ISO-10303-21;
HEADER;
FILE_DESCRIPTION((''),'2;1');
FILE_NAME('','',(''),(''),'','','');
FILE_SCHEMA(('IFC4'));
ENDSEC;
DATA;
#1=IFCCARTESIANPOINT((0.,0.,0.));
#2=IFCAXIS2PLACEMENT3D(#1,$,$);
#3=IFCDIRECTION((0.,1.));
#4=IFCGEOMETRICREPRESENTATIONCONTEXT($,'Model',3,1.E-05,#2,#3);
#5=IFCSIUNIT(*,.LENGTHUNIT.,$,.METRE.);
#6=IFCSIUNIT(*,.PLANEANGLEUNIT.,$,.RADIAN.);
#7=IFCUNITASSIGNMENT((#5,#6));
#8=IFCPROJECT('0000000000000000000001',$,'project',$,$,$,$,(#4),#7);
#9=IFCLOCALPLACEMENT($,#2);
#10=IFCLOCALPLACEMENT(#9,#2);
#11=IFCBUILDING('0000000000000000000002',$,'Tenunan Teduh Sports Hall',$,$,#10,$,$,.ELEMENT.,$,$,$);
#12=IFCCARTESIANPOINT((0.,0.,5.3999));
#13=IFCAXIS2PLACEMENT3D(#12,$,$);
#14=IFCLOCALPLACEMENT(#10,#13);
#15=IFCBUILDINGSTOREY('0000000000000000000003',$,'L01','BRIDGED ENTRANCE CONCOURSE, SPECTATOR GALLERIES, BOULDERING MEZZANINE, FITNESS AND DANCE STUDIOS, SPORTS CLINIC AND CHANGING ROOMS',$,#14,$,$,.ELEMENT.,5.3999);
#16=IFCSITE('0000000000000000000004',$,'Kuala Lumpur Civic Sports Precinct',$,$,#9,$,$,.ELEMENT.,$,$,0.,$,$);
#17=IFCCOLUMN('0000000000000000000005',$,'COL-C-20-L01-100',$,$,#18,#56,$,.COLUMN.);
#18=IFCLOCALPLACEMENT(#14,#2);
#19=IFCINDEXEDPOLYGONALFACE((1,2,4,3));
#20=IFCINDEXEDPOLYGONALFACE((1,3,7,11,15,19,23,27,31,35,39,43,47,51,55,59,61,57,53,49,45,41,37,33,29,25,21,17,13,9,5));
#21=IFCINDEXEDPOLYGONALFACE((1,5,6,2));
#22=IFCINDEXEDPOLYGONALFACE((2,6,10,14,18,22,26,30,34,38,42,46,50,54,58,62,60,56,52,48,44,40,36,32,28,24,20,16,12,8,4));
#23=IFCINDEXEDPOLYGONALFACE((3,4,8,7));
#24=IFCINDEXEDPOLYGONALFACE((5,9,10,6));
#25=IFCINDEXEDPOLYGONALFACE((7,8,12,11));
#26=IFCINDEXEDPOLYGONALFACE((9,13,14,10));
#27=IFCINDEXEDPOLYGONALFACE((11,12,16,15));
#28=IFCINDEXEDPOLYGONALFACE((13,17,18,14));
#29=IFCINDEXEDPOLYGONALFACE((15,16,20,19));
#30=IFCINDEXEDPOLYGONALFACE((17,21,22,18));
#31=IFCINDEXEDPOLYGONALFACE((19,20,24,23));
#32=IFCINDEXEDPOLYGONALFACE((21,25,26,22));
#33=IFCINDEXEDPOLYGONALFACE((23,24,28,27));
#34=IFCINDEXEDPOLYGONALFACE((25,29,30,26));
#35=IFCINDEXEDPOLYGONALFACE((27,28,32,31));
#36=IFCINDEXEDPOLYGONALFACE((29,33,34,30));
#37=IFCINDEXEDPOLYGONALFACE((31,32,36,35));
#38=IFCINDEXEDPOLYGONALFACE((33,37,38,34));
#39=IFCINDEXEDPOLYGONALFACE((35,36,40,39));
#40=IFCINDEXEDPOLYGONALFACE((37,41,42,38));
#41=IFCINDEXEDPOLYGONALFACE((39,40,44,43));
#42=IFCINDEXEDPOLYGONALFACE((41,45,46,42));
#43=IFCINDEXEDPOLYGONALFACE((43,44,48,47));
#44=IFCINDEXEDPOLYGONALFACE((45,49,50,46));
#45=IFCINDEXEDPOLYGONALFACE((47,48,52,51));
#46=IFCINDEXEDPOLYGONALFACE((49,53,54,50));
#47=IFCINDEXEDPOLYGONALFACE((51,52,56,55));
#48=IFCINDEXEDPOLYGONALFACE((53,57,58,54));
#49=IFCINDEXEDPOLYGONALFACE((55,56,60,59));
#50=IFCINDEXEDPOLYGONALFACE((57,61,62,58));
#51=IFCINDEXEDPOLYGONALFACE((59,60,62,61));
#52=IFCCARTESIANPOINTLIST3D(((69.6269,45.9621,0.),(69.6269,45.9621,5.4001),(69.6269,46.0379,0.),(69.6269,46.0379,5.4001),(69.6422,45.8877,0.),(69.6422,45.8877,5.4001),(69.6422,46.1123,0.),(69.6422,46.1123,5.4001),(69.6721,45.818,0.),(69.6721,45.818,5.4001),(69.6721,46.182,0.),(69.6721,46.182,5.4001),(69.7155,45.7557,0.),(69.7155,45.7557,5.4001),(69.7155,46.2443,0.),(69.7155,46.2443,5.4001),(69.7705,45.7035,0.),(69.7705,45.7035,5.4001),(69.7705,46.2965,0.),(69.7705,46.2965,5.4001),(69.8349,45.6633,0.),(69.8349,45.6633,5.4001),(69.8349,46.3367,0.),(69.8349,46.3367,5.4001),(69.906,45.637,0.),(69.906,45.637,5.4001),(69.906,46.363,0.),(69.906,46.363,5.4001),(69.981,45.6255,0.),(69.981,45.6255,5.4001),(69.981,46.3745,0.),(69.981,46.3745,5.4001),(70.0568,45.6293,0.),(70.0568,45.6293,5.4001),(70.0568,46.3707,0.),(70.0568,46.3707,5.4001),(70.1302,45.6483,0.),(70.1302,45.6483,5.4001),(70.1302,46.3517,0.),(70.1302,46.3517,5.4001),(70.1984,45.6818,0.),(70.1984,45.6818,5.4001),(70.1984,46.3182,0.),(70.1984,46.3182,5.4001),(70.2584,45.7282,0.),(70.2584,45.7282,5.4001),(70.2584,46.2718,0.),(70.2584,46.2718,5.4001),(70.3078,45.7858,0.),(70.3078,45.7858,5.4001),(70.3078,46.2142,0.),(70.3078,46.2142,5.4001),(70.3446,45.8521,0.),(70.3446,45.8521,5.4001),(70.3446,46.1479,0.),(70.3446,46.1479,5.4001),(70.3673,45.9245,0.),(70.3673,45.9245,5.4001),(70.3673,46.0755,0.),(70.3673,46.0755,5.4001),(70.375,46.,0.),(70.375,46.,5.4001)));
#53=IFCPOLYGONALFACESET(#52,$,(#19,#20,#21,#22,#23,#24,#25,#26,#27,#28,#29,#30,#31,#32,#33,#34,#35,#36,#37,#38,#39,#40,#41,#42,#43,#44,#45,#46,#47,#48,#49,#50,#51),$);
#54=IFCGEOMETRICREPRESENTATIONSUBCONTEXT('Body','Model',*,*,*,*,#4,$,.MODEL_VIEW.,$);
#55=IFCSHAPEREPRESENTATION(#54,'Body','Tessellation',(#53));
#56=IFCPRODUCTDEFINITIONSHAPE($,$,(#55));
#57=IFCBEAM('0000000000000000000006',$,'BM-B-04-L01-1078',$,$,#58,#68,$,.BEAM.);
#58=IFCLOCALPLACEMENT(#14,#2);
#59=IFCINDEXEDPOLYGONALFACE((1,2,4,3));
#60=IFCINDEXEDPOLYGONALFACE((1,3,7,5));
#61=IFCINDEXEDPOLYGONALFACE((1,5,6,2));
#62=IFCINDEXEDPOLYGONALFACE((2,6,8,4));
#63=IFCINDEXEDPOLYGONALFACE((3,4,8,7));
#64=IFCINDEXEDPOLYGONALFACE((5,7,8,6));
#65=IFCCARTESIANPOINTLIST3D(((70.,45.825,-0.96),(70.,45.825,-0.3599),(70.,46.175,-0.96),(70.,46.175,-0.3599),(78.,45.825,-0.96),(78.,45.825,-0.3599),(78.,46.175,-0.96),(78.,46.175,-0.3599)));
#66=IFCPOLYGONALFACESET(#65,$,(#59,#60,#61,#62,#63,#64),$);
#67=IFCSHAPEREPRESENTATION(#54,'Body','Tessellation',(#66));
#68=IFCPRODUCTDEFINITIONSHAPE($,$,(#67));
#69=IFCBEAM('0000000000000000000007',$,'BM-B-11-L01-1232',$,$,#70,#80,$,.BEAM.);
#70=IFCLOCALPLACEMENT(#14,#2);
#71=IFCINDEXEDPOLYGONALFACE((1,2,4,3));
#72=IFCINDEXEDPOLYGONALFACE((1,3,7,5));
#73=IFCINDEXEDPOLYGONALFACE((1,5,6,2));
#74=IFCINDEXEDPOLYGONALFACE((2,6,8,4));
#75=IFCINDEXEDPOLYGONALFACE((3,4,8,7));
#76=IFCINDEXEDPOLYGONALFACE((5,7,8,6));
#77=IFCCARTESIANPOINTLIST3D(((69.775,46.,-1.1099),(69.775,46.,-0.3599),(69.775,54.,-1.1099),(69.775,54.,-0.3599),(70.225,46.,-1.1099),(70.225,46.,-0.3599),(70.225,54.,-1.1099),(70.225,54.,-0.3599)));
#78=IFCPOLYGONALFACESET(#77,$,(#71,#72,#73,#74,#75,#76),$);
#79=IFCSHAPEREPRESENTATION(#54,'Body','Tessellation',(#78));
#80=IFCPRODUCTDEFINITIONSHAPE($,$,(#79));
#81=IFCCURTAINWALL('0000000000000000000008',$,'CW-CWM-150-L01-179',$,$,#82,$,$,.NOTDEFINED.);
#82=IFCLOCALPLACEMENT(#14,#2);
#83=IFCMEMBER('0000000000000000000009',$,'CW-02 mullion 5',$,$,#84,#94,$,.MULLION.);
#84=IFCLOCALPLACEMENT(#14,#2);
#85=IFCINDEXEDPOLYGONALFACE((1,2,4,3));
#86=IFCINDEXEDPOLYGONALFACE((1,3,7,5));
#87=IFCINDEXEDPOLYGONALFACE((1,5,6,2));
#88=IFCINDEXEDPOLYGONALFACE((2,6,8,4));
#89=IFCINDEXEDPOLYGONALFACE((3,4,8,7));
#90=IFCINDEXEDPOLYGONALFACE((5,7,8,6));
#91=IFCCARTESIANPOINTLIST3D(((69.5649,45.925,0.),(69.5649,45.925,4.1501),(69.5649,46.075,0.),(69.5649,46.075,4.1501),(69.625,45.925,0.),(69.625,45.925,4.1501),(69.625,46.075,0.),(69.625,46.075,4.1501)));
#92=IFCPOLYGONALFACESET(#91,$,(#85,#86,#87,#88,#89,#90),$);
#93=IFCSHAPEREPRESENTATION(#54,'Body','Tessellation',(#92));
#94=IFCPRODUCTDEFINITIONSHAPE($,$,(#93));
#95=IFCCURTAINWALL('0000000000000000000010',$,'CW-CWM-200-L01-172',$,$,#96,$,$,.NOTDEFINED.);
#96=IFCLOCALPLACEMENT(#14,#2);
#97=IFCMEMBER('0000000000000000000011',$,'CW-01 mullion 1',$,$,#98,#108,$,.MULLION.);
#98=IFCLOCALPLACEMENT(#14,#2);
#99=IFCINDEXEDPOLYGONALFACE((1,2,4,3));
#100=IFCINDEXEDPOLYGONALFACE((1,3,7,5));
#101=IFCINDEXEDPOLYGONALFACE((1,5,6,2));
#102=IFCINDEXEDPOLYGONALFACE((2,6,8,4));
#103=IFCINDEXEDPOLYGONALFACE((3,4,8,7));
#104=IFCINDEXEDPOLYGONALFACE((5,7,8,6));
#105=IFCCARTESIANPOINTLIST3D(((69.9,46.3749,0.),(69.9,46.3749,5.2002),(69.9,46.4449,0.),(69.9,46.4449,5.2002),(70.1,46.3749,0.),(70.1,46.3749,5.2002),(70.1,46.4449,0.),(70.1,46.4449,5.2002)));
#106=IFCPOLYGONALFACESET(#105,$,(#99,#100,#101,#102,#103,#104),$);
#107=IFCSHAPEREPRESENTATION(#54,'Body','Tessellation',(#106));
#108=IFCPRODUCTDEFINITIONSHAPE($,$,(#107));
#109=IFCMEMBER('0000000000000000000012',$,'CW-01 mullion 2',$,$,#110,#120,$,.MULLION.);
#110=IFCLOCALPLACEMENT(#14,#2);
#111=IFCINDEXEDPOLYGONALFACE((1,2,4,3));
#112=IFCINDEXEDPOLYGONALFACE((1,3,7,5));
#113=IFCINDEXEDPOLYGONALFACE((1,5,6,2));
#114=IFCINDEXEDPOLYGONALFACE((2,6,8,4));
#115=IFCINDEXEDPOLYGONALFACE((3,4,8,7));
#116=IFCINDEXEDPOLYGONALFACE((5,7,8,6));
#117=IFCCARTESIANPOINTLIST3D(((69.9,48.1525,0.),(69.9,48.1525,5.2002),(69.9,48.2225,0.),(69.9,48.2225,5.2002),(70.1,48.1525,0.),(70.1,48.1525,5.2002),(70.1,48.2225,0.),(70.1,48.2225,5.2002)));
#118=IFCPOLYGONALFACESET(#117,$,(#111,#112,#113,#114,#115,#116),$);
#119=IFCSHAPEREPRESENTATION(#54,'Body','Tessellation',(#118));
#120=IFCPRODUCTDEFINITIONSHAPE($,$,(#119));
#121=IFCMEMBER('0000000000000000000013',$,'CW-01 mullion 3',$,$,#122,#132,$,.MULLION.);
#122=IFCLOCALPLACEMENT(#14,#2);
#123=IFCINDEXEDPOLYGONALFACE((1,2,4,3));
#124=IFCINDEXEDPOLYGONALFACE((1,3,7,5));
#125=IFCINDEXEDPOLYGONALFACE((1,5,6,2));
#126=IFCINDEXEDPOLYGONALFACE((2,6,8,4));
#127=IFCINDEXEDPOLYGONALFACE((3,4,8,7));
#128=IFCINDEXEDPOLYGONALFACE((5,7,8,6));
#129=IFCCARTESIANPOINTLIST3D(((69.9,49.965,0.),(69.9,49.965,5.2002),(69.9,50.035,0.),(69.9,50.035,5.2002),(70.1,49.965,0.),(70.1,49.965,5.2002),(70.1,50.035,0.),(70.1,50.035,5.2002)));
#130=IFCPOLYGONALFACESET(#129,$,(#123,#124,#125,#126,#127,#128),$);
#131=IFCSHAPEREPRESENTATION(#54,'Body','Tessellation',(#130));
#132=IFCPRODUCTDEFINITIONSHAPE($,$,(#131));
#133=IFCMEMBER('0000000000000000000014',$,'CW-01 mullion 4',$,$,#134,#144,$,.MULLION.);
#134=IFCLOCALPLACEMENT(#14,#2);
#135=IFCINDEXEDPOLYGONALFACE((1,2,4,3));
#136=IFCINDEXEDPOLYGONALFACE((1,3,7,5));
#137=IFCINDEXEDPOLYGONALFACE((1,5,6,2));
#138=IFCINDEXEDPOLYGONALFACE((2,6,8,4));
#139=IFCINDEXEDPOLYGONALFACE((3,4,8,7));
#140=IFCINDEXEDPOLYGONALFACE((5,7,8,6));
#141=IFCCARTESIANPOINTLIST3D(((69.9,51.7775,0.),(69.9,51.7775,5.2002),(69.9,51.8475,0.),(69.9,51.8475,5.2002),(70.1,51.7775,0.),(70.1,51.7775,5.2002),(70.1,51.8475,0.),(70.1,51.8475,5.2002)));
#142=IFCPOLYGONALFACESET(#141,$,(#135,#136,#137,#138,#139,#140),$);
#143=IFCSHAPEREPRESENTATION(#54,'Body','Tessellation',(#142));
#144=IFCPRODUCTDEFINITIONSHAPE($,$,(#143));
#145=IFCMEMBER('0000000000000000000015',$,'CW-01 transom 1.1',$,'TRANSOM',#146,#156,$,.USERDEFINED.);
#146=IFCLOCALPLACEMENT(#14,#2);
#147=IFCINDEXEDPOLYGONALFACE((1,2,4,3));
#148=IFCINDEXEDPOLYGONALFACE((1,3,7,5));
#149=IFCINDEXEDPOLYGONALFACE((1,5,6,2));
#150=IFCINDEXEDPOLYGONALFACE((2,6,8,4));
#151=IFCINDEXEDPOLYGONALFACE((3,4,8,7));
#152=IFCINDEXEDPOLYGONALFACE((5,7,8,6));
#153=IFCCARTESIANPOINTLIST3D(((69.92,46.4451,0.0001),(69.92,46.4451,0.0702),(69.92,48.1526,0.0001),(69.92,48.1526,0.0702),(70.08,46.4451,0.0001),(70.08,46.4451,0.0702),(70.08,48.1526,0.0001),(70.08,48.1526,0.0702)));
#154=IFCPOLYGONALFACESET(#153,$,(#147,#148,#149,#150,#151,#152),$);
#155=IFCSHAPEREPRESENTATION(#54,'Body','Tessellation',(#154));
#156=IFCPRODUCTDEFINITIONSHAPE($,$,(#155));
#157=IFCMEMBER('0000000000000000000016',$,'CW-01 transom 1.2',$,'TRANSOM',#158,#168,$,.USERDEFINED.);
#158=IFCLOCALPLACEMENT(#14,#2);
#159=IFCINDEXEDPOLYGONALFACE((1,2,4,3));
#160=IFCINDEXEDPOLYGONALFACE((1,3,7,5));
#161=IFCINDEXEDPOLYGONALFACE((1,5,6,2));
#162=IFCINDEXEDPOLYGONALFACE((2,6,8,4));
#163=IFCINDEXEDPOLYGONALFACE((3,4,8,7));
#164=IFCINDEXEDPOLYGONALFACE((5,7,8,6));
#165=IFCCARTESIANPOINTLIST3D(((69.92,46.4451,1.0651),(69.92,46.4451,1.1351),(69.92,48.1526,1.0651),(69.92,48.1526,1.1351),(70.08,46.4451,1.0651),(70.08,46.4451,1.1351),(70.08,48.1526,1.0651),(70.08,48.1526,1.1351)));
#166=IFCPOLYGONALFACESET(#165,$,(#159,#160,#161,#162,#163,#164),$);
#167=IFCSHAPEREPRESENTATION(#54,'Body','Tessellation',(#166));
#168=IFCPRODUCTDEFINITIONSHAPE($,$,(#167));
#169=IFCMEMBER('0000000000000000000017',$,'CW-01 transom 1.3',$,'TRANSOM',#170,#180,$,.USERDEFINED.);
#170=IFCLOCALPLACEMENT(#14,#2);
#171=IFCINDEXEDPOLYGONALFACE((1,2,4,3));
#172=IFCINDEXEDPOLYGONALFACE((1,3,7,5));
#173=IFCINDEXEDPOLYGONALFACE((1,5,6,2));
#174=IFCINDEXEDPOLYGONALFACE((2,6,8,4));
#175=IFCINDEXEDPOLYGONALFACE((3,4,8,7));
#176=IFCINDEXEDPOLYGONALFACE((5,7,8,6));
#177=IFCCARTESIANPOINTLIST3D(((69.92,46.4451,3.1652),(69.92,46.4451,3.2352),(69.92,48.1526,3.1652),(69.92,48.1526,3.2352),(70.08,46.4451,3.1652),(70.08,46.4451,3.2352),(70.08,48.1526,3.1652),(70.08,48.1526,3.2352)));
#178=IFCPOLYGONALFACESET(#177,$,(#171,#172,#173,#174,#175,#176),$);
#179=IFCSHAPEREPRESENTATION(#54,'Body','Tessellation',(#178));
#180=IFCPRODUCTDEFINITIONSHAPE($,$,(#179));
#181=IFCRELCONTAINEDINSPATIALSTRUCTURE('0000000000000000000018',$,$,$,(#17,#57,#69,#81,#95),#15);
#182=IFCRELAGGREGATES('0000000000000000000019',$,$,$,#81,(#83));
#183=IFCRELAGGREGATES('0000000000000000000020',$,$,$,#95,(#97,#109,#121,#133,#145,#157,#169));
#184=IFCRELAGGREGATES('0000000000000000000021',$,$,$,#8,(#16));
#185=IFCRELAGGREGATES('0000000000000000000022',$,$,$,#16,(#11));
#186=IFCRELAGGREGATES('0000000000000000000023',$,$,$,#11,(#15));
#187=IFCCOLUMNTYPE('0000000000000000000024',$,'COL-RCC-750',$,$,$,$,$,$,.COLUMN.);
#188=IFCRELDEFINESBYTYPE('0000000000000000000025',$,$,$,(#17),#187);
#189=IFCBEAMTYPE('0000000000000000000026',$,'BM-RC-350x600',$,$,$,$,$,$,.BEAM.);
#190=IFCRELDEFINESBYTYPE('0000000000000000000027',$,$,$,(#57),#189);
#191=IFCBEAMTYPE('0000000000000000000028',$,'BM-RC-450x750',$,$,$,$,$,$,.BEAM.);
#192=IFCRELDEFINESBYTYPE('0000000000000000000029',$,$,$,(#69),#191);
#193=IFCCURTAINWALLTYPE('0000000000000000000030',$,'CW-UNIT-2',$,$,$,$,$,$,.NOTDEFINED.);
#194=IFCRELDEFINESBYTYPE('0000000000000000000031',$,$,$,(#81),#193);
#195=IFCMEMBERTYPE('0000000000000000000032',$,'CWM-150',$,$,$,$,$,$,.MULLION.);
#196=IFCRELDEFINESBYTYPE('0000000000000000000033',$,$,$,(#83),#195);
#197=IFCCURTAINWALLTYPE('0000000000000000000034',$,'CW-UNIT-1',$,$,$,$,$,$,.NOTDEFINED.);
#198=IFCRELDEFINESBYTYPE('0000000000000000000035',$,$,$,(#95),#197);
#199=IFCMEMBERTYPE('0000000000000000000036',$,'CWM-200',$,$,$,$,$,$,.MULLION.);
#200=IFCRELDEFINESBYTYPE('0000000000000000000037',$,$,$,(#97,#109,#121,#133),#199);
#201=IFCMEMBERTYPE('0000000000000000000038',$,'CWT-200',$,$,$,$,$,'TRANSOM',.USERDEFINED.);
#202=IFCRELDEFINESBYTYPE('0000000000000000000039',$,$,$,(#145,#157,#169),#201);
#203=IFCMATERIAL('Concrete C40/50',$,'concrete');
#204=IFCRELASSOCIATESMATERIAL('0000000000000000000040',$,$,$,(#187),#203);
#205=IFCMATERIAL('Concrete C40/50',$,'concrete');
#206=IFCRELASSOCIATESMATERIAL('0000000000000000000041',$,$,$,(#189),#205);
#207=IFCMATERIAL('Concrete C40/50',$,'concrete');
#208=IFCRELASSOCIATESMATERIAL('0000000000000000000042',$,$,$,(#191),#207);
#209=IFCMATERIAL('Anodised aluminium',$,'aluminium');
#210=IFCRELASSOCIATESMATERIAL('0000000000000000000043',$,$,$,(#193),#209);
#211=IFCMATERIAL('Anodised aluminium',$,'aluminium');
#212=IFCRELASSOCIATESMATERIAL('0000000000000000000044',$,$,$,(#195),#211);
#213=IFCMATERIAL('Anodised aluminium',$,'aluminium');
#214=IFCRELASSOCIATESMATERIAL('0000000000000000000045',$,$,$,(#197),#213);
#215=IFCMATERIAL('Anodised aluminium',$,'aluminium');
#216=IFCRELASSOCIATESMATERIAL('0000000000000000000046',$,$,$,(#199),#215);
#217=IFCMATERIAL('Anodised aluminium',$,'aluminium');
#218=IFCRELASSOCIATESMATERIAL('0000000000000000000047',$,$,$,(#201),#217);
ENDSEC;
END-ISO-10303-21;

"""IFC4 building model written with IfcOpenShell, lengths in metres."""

from ifc_helpers import new_model, si_unit, direction, frame, origin, origin_2d, place, context, subcontext, project, spatial, rectangle, circle, extrude, material, material_profile, profile_set, type_object, element, aggregate, save


model = new_model("IFC4")

# Units and contexts
model_context = context("Model", 3, precision=1e-05, world=origin(), true_north=direction((0.0, 1.0)))
body_context = subcontext(model_context, "Body", "Model", "MODEL_VIEW")
ifc_project = project(units=[si_unit("LENGTHUNIT", "METRE"), si_unit("PLANEANGLEUNIT", "RADIAN")], contexts=[model_context])

# Site, building, storey
site_placement = place(None, origin())
site = spatial("IfcSite", under=ifc_project, at=site_placement, Name="Kuala Lumpur Civic Sports Precinct", CompositionType="ELEMENT", RefElevation=0.0)
building_placement = place(site_placement, origin())
building = spatial("IfcBuilding", under=site, at=building_placement, Name="Tenunan Teduh Sports Hall", CompositionType="ELEMENT")
storey_placement = place(building_placement, frame((0.0, 0.0, 5.3999)))
storey = spatial("IfcBuildingStorey", under=building, at=storey_placement, Name="L01", Description="BRIDGED ENTRANCE CONCOURSE, SPECTATOR GALLERIES, BOULDERING MEZZANINE, FITNESS AND DANCE STUDIOS, SPORTS CLINIC AND CHANGING ROOMS", CompositionType="ELEMENT", Elevation=5.3999)

# Column
ifc_material_1 = material(Name="Concrete C40/50", Category="concrete")
ifc_material_profile_1 = material_profile(ifc_material_1, circle(Radius=0.375, at=origin_2d()), Name="RCC D750")
ifc_profile_set_1 = profile_set([ifc_material_profile_1], Name="Concrete C40/50")
column_type = type_object("IfcColumnType", Name="COL-RCC-750", PredefinedType="COLUMN", material=ifc_profile_set_1)
column_placement = place(storey_placement, frame((70.0, 46.0, 0.0), z_axis=(0.0, 0.0, 1.0), x_axis=(1.0, 0.0, 0.0)))
element("IfcColumn", 1, at=column_placement, inside=storey, type_object=column_type, Name="COL-C-20-L01-100", PredefinedType="COLUMN", context=body_context, shape_type="SweptSolid", body=[
    extrude(circle(Radius=0.375, at=origin_2d()), origin(), (0.0, 0.0, 1.0), 5.4001),
])

# Beams
ifc_material_2 = material(Name="Concrete C40/50", Category="concrete")
ifc_material_profile_2 = material_profile(ifc_material_2, rectangle(XDim=0.3501, YDim=0.6001, at=origin_2d()), Name="RCB 350x600")
ifc_profile_set_2 = profile_set([ifc_material_profile_2], Name="Concrete C40/50")
beam_type_1 = type_object("IfcBeamType", Name="BM-RC-350x600", PredefinedType="BEAM", material=ifc_profile_set_2)
beam_1_placement = place(storey_placement, frame((70.0, 46.0, -0.6599), z_axis=(1.0, 0.0, 0.0), x_axis=(0.0, 1.0, 0.0)))
element("IfcBeam", 2, at=beam_1_placement, inside=storey, type_object=beam_type_1, Name="BM-B-04-L01-1078", PredefinedType="BEAM", context=body_context, shape_type="SweptSolid", body=[
    extrude(rectangle(XDim=0.3501, YDim=0.6001, at=origin_2d()), origin(), (0.0, 0.0, 1.0), 8.0),
])
ifc_material_3 = material(Name="Concrete C40/50", Category="concrete")
ifc_material_profile_3 = material_profile(ifc_material_3, rectangle(XDim=0.45, YDim=0.75, at=origin_2d()), Name="RCB 450x750")
ifc_profile_set_3 = profile_set([ifc_material_profile_3], Name="Concrete C40/50")
beam_type_2 = type_object("IfcBeamType", Name="BM-RC-450x750", PredefinedType="BEAM", material=ifc_profile_set_3)
beam_2_placement = place(storey_placement, frame((70.0, 46.0, -0.7349), z_axis=(0.0, 1.0, 0.0), x_axis=(-1.0, 0.0, 0.0)))
element("IfcBeam", 3, at=beam_2_placement, inside=storey, type_object=beam_type_2, Name="BM-B-11-L01-1232", PredefinedType="BEAM", context=body_context, shape_type="SweptSolid", body=[
    extrude(rectangle(XDim=0.45, YDim=0.75, at=origin_2d()), origin(), (0.0, 0.0, 1.0), 8.0),
])

# Curtain wall, member
ifc_material_4 = material(Name="Anodised aluminium", Category="aluminium")
curtain_wall_type_1 = type_object("IfcCurtainWallType", Name="CW-UNIT-2", PredefinedType="NOTDEFINED", material=ifc_material_4)
curtain_wall_1_placement = place(storey_placement, origin())
curtain_wall_1 = element("IfcCurtainWall", 4, at=curtain_wall_1_placement, inside=storey, type_object=curtain_wall_type_1, Name="CW-CWM-150-L01-179", PredefinedType="NOTDEFINED")
ifc_material_5 = material(Name="Anodised aluminium", Category="aluminium")
ifc_material_profile_4 = material_profile(ifc_material_5, rectangle(XDim=0.0601, YDim=0.1499, at=origin_2d()), Name="CWM 60x150")
ifc_profile_set_4 = profile_set([ifc_material_profile_4], Name="Anodised aluminium")
member_type_1 = type_object("IfcMemberType", Name="CWM-150", PredefinedType="MULLION", material=ifc_profile_set_4)
member_1_placement = place(storey_placement, frame((69.595, 46.0, 0.0), z_axis=(0.0, 0.0, 1.0), x_axis=(1.0, 0.0, 0.0)))
member_1 = element("IfcMember", 5, at=member_1_placement, type_object=member_type_1, Name="CW-02 mullion 5", PredefinedType="MULLION", context=body_context, shape_type="SweptSolid", body=[
    extrude(rectangle(XDim=0.0601, YDim=0.1499, at=origin_2d()), origin(), (0.0, 0.0, 1.0), 4.1501),
])
aggregate(curtain_wall_1, [member_1])

# Curtain wall, members
ifc_material_6 = material(Name="Anodised aluminium", Category="aluminium")
curtain_wall_type_2 = type_object("IfcCurtainWallType", Name="CW-UNIT-1", PredefinedType="NOTDEFINED", material=ifc_material_6)
curtain_wall_2_placement = place(storey_placement, origin())
curtain_wall_2 = element("IfcCurtainWall", 6, at=curtain_wall_2_placement, inside=storey, type_object=curtain_wall_type_2, Name="CW-CWM-200-L01-172", PredefinedType="NOTDEFINED")
ifc_material_7 = material(Name="Anodised aluminium", Category="aluminium")
ifc_material_profile_5 = material_profile(ifc_material_7, rectangle(XDim=0.0701, YDim=0.2, at=origin_2d()), Name="CWM 70x200")
ifc_profile_set_5 = profile_set([ifc_material_profile_5], Name="Anodised aluminium")
member_type_2 = type_object("IfcMemberType", Name="CWM-200", PredefinedType="MULLION", material=ifc_profile_set_5)
member_2_placement = place(storey_placement, frame((70.0, 46.4099, 0.0), z_axis=(0.0, 0.0, 1.0), x_axis=(0.0, 1.0, 0.0)))
member_2 = element("IfcMember", 7, at=member_2_placement, type_object=member_type_2, Name="CW-01 mullion 1", PredefinedType="MULLION", context=body_context, shape_type="SweptSolid", body=[
    extrude(rectangle(XDim=0.0701, YDim=0.2, at=origin_2d()), origin(), (0.0, 0.0, 1.0), 5.2002),
])
member_3_placement = place(storey_placement, frame((70.0, 48.1875, 0.0), z_axis=(0.0, 0.0, 1.0), x_axis=(0.0, 1.0, 0.0)))
member_3 = element("IfcMember", 8, at=member_3_placement, type_object=member_type_2, Name="CW-01 mullion 2", PredefinedType="MULLION", context=body_context, shape_type="SweptSolid", body=[
    extrude(rectangle(XDim=0.0701, YDim=0.2, at=origin_2d()), origin(), (0.0, 0.0, 1.0), 5.2002),
])
member_4_placement = place(storey_placement, frame((70.0, 50.0, 0.0), z_axis=(0.0, 0.0, 1.0), x_axis=(0.0, 1.0, 0.0)))
member_4 = element("IfcMember", 9, at=member_4_placement, type_object=member_type_2, Name="CW-01 mullion 3", PredefinedType="MULLION", context=body_context, shape_type="SweptSolid", body=[
    extrude(rectangle(XDim=0.0701, YDim=0.2, at=origin_2d()), origin(), (0.0, 0.0, 1.0), 5.2002),
])
member_5_placement = place(storey_placement, frame((70.0, 51.8125, 0.0), z_axis=(0.0, 0.0, 1.0), x_axis=(0.0, 1.0, 0.0)))
member_5 = element("IfcMember", 10, at=member_5_placement, type_object=member_type_2, Name="CW-01 mullion 4", PredefinedType="MULLION", context=body_context, shape_type="SweptSolid", body=[
    extrude(rectangle(XDim=0.0701, YDim=0.2, at=origin_2d()), origin(), (0.0, 0.0, 1.0), 5.2002),
])
ifc_material_8 = material(Name="Anodised aluminium", Category="aluminium")
ifc_material_profile_6 = material_profile(ifc_material_8, rectangle(XDim=0.0701, YDim=0.1599, at=origin_2d()), Name="CWT 70x160")
ifc_profile_set_6 = profile_set([ifc_material_profile_6], Name="Anodised aluminium")
member_type_3 = type_object("IfcMemberType", Name="CWT-200", ElementType="TRANSOM", PredefinedType="USERDEFINED", material=ifc_profile_set_6)
member_6_placement = place(storey_placement, frame((70.0, 46.4451, 0.0352), z_axis=(0.0, 1.0, 0.0), x_axis=(0.0, 0.0, 1.0)))
member_6 = element("IfcMember", 11, at=member_6_placement, type_object=member_type_3, Name="CW-01 transom 1.1", ObjectType="TRANSOM", PredefinedType="USERDEFINED", context=body_context, shape_type="SweptSolid", body=[
    extrude(rectangle(XDim=0.0701, YDim=0.1599, at=origin_2d()), origin(), (0.0, 0.0, 1.0), 1.7075),
])
member_7_placement = place(storey_placement, frame((70.0, 46.4451, 1.1001), z_axis=(0.0, 1.0, 0.0), x_axis=(0.0, 0.0, 1.0)))
member_7 = element("IfcMember", 12, at=member_7_placement, type_object=member_type_3, Name="CW-01 transom 1.2", ObjectType="TRANSOM", PredefinedType="USERDEFINED", context=body_context, shape_type="SweptSolid", body=[
    extrude(rectangle(XDim=0.0701, YDim=0.1599, at=origin_2d()), origin(), (0.0, 0.0, 1.0), 1.7075),
])
member_8_placement = place(storey_placement, frame((70.0, 46.4451, 3.2002), z_axis=(0.0, 1.0, 0.0), x_axis=(0.0, 0.0, 1.0)))
member_8 = element("IfcMember", 13, at=member_8_placement, type_object=member_type_3, Name="CW-01 transom 1.3", ObjectType="TRANSOM", PredefinedType="USERDEFINED", context=body_context, shape_type="SweptSolid", body=[
    extrude(rectangle(XDim=0.0701, YDim=0.1599, at=origin_2d()), origin(), (0.0, 0.0, 1.0), 1.7075),
])

aggregate(curtain_wall_2, [member_2, member_3, member_4, member_5, member_6, member_7, member_8])

save(model, "model.ifc")
